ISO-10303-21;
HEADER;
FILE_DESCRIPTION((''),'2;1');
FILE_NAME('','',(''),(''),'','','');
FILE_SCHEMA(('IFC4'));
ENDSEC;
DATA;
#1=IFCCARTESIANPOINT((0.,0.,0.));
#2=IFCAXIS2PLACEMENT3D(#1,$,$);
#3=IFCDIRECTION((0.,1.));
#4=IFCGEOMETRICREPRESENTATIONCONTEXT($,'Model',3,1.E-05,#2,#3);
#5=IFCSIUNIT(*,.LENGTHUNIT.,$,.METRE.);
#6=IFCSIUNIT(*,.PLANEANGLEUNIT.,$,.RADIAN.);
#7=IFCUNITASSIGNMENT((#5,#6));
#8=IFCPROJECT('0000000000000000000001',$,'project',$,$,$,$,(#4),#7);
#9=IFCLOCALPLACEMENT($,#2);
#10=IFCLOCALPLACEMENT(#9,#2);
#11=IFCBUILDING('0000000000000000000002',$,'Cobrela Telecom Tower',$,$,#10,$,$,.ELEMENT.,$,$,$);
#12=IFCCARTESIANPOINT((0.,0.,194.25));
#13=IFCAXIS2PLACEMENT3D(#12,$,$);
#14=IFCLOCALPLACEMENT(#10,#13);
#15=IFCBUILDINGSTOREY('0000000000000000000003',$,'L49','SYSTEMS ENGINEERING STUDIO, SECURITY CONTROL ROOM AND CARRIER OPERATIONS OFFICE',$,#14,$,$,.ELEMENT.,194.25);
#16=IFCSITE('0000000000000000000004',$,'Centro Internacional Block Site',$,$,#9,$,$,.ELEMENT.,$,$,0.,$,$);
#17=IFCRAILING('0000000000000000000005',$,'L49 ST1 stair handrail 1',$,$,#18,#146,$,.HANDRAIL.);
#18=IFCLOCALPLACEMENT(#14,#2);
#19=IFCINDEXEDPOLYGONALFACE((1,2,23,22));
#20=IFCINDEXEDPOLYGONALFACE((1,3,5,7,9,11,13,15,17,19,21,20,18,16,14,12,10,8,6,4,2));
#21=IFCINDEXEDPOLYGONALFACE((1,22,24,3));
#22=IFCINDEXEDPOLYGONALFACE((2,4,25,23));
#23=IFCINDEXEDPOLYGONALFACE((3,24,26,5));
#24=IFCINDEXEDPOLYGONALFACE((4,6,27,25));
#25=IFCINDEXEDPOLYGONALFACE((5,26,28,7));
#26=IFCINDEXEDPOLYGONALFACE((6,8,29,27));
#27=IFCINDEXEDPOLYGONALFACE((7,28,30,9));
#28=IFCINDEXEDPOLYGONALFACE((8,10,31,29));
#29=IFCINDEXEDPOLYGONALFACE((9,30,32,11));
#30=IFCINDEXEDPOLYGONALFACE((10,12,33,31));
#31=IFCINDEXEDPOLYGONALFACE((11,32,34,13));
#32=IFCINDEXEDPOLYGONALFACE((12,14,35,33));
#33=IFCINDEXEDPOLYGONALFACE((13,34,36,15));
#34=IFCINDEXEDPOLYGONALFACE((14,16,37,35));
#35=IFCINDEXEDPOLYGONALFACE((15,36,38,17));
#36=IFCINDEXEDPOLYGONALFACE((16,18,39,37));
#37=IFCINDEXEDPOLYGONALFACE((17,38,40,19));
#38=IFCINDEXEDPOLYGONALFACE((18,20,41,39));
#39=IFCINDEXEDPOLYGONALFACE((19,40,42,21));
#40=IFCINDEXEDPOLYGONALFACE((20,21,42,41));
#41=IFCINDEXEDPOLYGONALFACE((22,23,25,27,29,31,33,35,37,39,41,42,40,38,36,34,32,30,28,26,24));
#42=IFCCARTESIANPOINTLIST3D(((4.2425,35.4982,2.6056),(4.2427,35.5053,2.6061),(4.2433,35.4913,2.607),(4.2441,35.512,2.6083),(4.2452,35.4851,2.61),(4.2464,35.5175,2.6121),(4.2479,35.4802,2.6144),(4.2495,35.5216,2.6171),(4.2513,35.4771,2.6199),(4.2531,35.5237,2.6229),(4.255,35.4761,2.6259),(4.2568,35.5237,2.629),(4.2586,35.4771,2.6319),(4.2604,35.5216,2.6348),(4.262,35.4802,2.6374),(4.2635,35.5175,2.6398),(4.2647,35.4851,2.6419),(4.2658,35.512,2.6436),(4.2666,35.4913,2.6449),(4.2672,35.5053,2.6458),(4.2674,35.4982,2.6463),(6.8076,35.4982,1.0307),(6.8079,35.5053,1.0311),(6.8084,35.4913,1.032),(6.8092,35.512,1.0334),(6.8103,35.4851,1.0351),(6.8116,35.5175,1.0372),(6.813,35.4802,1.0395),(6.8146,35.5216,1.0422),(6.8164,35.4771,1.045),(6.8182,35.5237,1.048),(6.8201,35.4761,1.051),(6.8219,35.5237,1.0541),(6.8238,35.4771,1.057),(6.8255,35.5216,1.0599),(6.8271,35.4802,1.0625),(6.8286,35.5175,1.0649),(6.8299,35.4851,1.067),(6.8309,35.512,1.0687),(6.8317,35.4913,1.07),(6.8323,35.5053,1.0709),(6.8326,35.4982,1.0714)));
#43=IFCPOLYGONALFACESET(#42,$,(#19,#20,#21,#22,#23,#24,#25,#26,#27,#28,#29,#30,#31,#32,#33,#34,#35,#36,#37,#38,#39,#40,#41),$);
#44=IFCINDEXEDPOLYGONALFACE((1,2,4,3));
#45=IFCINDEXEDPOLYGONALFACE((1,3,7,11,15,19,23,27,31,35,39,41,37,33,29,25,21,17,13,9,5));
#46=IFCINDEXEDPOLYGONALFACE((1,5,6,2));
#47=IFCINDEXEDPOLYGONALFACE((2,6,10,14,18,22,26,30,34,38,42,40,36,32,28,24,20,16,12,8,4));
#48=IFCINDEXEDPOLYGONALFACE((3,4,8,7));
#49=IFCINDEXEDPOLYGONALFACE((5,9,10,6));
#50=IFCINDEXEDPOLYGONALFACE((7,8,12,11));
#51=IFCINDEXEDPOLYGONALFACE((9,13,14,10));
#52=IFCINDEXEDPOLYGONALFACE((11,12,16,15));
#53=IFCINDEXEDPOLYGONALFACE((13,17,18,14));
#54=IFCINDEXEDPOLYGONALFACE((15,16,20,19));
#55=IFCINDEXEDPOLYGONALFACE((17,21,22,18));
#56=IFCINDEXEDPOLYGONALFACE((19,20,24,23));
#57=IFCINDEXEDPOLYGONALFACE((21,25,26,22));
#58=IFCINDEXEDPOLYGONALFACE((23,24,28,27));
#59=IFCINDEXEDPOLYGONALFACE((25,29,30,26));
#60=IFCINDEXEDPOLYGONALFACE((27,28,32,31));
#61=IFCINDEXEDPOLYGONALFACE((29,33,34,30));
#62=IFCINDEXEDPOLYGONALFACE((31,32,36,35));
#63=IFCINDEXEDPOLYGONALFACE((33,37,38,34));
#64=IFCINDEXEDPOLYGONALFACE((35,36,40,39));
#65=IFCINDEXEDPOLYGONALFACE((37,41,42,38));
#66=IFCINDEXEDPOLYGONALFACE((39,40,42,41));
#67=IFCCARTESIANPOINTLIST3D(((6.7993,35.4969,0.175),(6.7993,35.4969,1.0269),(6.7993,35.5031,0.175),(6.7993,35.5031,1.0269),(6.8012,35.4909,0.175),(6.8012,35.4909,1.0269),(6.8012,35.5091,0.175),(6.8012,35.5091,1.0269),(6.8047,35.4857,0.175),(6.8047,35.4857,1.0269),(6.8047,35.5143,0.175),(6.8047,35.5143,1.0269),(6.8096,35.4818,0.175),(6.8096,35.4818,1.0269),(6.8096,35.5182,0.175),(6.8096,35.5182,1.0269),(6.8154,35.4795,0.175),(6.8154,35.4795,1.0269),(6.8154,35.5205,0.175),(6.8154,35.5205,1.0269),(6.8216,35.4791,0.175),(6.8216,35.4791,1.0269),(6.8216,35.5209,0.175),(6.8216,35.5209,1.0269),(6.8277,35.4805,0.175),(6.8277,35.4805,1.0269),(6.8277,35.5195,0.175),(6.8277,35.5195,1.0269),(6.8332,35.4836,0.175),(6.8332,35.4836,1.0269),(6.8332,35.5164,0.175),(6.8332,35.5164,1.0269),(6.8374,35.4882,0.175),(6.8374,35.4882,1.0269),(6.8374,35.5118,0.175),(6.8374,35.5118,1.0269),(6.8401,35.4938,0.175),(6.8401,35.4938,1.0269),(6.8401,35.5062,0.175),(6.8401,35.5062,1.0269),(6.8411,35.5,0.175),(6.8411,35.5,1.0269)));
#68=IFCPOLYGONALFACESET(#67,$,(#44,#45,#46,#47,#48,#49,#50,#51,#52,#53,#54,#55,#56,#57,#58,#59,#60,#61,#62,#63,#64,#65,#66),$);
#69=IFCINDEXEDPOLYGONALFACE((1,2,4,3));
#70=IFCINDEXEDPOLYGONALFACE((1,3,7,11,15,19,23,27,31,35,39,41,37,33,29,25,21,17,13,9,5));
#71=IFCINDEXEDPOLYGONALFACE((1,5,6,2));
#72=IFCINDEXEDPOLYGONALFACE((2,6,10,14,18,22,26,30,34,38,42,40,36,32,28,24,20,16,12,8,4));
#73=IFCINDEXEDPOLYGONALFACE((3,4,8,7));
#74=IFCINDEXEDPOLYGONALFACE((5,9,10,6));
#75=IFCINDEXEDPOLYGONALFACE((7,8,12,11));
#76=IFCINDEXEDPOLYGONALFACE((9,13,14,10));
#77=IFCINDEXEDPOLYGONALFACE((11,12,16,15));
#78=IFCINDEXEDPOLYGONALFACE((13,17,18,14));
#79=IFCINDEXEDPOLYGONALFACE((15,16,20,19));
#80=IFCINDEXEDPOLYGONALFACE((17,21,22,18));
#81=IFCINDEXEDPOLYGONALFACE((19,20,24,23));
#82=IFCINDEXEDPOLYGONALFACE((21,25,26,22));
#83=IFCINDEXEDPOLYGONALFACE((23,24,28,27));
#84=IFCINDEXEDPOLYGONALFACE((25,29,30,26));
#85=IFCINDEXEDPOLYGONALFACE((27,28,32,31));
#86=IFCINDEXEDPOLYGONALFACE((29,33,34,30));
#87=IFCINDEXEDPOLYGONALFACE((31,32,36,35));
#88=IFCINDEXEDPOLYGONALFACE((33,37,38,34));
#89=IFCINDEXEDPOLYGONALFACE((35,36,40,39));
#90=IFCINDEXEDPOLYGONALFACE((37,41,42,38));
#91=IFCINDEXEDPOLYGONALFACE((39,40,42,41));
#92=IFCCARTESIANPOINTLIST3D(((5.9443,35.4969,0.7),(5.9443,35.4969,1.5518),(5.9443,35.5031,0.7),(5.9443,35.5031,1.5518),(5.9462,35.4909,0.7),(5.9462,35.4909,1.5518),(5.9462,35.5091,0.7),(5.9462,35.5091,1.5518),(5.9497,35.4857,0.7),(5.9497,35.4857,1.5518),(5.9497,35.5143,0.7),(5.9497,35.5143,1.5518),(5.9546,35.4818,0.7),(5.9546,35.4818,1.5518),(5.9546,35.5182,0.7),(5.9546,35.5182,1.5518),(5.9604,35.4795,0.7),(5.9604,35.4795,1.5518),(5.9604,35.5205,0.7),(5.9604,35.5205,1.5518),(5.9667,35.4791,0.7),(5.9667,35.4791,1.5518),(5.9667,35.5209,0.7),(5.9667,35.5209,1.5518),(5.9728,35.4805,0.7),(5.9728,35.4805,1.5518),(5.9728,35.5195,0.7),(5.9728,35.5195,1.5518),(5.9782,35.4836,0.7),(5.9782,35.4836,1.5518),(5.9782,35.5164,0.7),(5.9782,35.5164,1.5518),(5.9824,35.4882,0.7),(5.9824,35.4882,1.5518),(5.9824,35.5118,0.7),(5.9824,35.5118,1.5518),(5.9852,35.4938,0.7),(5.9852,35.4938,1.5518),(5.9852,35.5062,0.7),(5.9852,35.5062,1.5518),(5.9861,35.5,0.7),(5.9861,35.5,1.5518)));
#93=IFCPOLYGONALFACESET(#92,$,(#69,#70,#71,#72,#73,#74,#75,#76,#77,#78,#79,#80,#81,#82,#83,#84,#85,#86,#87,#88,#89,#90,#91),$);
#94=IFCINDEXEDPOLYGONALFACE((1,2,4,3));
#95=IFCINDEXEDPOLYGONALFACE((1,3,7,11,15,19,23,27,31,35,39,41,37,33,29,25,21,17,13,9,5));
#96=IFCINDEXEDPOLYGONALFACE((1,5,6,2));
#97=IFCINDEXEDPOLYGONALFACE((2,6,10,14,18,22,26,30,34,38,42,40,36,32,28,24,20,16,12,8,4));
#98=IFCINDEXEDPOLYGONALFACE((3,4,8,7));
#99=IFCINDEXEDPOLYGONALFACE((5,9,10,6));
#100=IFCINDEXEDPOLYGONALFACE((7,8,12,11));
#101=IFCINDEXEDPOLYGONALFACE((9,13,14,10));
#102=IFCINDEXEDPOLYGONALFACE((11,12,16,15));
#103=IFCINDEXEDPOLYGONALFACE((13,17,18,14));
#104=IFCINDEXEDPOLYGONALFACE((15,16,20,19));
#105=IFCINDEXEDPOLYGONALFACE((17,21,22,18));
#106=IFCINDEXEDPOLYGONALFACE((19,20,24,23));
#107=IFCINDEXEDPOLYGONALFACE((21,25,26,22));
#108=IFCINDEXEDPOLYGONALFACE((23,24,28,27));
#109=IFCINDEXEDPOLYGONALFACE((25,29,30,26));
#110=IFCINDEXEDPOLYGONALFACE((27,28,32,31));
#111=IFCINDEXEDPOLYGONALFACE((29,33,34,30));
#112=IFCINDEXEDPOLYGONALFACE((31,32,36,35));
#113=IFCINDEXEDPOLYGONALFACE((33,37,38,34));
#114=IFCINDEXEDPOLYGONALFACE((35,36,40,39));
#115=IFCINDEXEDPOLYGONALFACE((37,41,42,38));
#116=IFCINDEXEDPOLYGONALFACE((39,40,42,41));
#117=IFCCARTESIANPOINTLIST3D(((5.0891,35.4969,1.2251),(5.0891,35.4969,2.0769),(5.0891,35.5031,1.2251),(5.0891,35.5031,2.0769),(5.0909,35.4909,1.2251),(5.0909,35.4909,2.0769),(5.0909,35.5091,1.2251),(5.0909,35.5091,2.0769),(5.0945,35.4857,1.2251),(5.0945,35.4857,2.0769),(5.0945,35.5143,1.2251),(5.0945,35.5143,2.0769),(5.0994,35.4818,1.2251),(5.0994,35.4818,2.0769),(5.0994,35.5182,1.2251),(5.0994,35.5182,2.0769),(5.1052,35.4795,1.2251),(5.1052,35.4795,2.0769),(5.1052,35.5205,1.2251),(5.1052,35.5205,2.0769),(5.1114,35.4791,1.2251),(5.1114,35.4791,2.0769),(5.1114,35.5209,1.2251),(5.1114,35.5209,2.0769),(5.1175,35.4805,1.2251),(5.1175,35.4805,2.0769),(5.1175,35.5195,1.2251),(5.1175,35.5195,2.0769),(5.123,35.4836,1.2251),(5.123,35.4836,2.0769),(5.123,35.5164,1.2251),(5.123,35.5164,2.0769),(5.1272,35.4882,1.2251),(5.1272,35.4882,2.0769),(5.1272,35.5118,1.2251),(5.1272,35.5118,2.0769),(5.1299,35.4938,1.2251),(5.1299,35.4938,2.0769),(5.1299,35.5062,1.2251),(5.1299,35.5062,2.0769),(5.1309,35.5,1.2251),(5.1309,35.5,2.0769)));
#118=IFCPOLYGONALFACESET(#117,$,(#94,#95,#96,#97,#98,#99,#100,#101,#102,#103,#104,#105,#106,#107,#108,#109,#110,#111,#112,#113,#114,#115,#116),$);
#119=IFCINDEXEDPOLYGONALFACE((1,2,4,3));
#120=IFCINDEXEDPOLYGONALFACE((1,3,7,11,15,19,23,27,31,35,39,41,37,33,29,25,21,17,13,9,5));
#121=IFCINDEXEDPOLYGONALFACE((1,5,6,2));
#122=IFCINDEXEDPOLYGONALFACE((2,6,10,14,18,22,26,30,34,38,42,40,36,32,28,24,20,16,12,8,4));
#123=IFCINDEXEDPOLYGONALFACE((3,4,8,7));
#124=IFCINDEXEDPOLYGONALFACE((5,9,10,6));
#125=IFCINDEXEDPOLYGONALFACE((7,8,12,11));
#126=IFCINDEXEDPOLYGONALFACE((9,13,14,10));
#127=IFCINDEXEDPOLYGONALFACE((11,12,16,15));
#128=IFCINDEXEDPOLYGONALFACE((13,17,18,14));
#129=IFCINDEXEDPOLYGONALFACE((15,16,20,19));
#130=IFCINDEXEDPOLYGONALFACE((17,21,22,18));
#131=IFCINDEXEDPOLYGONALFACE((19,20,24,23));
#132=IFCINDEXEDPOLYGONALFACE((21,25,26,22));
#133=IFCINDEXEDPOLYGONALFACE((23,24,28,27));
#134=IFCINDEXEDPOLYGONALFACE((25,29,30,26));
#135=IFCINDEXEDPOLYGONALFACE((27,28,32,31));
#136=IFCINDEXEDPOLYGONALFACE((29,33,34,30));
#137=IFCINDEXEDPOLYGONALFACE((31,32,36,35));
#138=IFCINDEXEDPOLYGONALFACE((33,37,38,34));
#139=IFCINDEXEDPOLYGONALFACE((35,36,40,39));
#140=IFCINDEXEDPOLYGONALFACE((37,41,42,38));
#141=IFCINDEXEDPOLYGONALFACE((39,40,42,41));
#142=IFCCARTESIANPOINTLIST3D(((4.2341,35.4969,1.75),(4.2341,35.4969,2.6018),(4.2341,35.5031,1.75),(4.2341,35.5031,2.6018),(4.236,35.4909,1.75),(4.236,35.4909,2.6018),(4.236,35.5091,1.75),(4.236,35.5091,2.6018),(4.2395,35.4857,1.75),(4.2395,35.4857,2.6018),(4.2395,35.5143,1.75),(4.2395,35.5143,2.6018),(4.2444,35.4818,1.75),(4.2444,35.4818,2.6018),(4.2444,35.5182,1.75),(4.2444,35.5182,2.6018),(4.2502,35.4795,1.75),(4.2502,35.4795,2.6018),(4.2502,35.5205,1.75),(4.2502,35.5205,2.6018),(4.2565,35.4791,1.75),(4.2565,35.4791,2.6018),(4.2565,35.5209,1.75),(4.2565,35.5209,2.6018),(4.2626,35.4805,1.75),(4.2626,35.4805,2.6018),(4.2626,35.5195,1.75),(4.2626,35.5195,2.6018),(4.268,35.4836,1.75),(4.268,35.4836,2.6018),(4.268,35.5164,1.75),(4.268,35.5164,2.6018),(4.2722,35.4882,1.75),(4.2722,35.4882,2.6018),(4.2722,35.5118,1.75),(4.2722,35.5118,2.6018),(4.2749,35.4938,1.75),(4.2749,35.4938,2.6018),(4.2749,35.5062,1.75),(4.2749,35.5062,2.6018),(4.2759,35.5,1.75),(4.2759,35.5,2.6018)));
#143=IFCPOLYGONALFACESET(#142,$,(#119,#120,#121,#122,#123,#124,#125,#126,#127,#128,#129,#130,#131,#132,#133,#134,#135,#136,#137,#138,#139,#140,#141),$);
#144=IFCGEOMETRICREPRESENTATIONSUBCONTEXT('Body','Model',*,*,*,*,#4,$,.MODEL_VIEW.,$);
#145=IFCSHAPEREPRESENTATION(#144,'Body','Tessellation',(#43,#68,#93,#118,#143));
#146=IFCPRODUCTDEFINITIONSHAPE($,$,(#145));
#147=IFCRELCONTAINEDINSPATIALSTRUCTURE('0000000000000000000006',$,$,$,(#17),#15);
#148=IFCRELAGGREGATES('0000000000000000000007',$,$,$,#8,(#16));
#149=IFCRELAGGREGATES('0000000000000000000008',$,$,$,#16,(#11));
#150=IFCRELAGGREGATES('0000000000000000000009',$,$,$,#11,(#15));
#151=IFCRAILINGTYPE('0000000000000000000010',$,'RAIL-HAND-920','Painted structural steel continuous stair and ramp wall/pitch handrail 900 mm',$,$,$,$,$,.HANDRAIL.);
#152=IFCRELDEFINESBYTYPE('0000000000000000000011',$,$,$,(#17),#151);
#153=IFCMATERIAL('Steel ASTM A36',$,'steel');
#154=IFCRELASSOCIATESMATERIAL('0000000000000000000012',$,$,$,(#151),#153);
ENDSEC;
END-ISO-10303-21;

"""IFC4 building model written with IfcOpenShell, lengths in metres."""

from ifc_helpers import new_model, si_unit, direction, frame, origin, origin_2d, place, context, subcontext, project, spatial, circle, extrude, material, type_object, element, save


model = new_model("IFC4")

# Units and contexts
model_context = context("Model", 3, precision=1e-05, world=origin(), true_north=direction((0.0, 1.0)))
body_context = subcontext(model_context, "Body", "Model", "MODEL_VIEW")
ifc_project = project(units=[si_unit("LENGTHUNIT", "METRE"), si_unit("PLANEANGLEUNIT", "RADIAN")], contexts=[model_context])

# Site, building, storey
site_placement = place(None, origin())
site = spatial("IfcSite", under=ifc_project, at=site_placement, Name="Centro Internacional Block Site", CompositionType="ELEMENT", RefElevation=0.0)
building_placement = place(site_placement, origin())
building = spatial("IfcBuilding", under=site, at=building_placement, Name="Cobrela Telecom Tower", CompositionType="ELEMENT")
storey_placement = place(building_placement, frame((0.0, 0.0, 194.25)))
storey = spatial("IfcBuildingStorey", under=building, at=storey_placement, Name="L49", Description="SYSTEMS ENGINEERING STUDIO, SECURITY CONTROL ROOM AND CARRIER OPERATIONS OFFICE", CompositionType="ELEMENT", Elevation=194.25)

# Shared definitions
ifc_material_1 = material(Name="Steel ASTM A36", Category="steel")

# Railing
railing_type_1 = type_object("IfcRailingType", Name="RAIL-HAND-920", Description="Painted structural steel continuous stair and ramp wall/pitch handrail 900 mm", PredefinedType="HANDRAIL", material=ifc_material_1)
railing_1_placement = place(storey_placement, frame((6.8201, 35.5, 0.175)))
element("IfcRailing", 1, at=railing_1_placement, inside=storey, type_object=railing_type_1, Name="L49 ST1 stair handrail 1", PredefinedType="HANDRAIL", context=body_context, shape_type="SweptSolid", body=[
    extrude(circle(Radius=0.0239, at=origin_2d()), frame((0.0, 0.0, 0.876), z_axis=(-0.852195, 0.0, 0.523224), x_axis=(0.0, -1.0, 0.0)), (0.0, 0.0, 1.0), 3.01),
    extrude(circle(Radius=0.021, at=origin_2d()), origin(), (0.0, 0.0, 1.0), 0.8518),
    extrude(circle(Radius=0.021, at=origin_2d()), frame((-0.855, 0.0, 0.5249)), (0.0, 0.0, 1.0), 0.8518),
    extrude(circle(Radius=0.021, at=origin_2d()), frame((-1.7102, 0.0, 1.05)), (0.0, 0.0, 1.0), 0.8518),
    extrude(circle(Radius=0.021, at=origin_2d()), frame((-2.5652, 0.0, 1.575)), (0.0, 0.0, 1.0), 0.8518),
])

save(model, "model.ifc")
